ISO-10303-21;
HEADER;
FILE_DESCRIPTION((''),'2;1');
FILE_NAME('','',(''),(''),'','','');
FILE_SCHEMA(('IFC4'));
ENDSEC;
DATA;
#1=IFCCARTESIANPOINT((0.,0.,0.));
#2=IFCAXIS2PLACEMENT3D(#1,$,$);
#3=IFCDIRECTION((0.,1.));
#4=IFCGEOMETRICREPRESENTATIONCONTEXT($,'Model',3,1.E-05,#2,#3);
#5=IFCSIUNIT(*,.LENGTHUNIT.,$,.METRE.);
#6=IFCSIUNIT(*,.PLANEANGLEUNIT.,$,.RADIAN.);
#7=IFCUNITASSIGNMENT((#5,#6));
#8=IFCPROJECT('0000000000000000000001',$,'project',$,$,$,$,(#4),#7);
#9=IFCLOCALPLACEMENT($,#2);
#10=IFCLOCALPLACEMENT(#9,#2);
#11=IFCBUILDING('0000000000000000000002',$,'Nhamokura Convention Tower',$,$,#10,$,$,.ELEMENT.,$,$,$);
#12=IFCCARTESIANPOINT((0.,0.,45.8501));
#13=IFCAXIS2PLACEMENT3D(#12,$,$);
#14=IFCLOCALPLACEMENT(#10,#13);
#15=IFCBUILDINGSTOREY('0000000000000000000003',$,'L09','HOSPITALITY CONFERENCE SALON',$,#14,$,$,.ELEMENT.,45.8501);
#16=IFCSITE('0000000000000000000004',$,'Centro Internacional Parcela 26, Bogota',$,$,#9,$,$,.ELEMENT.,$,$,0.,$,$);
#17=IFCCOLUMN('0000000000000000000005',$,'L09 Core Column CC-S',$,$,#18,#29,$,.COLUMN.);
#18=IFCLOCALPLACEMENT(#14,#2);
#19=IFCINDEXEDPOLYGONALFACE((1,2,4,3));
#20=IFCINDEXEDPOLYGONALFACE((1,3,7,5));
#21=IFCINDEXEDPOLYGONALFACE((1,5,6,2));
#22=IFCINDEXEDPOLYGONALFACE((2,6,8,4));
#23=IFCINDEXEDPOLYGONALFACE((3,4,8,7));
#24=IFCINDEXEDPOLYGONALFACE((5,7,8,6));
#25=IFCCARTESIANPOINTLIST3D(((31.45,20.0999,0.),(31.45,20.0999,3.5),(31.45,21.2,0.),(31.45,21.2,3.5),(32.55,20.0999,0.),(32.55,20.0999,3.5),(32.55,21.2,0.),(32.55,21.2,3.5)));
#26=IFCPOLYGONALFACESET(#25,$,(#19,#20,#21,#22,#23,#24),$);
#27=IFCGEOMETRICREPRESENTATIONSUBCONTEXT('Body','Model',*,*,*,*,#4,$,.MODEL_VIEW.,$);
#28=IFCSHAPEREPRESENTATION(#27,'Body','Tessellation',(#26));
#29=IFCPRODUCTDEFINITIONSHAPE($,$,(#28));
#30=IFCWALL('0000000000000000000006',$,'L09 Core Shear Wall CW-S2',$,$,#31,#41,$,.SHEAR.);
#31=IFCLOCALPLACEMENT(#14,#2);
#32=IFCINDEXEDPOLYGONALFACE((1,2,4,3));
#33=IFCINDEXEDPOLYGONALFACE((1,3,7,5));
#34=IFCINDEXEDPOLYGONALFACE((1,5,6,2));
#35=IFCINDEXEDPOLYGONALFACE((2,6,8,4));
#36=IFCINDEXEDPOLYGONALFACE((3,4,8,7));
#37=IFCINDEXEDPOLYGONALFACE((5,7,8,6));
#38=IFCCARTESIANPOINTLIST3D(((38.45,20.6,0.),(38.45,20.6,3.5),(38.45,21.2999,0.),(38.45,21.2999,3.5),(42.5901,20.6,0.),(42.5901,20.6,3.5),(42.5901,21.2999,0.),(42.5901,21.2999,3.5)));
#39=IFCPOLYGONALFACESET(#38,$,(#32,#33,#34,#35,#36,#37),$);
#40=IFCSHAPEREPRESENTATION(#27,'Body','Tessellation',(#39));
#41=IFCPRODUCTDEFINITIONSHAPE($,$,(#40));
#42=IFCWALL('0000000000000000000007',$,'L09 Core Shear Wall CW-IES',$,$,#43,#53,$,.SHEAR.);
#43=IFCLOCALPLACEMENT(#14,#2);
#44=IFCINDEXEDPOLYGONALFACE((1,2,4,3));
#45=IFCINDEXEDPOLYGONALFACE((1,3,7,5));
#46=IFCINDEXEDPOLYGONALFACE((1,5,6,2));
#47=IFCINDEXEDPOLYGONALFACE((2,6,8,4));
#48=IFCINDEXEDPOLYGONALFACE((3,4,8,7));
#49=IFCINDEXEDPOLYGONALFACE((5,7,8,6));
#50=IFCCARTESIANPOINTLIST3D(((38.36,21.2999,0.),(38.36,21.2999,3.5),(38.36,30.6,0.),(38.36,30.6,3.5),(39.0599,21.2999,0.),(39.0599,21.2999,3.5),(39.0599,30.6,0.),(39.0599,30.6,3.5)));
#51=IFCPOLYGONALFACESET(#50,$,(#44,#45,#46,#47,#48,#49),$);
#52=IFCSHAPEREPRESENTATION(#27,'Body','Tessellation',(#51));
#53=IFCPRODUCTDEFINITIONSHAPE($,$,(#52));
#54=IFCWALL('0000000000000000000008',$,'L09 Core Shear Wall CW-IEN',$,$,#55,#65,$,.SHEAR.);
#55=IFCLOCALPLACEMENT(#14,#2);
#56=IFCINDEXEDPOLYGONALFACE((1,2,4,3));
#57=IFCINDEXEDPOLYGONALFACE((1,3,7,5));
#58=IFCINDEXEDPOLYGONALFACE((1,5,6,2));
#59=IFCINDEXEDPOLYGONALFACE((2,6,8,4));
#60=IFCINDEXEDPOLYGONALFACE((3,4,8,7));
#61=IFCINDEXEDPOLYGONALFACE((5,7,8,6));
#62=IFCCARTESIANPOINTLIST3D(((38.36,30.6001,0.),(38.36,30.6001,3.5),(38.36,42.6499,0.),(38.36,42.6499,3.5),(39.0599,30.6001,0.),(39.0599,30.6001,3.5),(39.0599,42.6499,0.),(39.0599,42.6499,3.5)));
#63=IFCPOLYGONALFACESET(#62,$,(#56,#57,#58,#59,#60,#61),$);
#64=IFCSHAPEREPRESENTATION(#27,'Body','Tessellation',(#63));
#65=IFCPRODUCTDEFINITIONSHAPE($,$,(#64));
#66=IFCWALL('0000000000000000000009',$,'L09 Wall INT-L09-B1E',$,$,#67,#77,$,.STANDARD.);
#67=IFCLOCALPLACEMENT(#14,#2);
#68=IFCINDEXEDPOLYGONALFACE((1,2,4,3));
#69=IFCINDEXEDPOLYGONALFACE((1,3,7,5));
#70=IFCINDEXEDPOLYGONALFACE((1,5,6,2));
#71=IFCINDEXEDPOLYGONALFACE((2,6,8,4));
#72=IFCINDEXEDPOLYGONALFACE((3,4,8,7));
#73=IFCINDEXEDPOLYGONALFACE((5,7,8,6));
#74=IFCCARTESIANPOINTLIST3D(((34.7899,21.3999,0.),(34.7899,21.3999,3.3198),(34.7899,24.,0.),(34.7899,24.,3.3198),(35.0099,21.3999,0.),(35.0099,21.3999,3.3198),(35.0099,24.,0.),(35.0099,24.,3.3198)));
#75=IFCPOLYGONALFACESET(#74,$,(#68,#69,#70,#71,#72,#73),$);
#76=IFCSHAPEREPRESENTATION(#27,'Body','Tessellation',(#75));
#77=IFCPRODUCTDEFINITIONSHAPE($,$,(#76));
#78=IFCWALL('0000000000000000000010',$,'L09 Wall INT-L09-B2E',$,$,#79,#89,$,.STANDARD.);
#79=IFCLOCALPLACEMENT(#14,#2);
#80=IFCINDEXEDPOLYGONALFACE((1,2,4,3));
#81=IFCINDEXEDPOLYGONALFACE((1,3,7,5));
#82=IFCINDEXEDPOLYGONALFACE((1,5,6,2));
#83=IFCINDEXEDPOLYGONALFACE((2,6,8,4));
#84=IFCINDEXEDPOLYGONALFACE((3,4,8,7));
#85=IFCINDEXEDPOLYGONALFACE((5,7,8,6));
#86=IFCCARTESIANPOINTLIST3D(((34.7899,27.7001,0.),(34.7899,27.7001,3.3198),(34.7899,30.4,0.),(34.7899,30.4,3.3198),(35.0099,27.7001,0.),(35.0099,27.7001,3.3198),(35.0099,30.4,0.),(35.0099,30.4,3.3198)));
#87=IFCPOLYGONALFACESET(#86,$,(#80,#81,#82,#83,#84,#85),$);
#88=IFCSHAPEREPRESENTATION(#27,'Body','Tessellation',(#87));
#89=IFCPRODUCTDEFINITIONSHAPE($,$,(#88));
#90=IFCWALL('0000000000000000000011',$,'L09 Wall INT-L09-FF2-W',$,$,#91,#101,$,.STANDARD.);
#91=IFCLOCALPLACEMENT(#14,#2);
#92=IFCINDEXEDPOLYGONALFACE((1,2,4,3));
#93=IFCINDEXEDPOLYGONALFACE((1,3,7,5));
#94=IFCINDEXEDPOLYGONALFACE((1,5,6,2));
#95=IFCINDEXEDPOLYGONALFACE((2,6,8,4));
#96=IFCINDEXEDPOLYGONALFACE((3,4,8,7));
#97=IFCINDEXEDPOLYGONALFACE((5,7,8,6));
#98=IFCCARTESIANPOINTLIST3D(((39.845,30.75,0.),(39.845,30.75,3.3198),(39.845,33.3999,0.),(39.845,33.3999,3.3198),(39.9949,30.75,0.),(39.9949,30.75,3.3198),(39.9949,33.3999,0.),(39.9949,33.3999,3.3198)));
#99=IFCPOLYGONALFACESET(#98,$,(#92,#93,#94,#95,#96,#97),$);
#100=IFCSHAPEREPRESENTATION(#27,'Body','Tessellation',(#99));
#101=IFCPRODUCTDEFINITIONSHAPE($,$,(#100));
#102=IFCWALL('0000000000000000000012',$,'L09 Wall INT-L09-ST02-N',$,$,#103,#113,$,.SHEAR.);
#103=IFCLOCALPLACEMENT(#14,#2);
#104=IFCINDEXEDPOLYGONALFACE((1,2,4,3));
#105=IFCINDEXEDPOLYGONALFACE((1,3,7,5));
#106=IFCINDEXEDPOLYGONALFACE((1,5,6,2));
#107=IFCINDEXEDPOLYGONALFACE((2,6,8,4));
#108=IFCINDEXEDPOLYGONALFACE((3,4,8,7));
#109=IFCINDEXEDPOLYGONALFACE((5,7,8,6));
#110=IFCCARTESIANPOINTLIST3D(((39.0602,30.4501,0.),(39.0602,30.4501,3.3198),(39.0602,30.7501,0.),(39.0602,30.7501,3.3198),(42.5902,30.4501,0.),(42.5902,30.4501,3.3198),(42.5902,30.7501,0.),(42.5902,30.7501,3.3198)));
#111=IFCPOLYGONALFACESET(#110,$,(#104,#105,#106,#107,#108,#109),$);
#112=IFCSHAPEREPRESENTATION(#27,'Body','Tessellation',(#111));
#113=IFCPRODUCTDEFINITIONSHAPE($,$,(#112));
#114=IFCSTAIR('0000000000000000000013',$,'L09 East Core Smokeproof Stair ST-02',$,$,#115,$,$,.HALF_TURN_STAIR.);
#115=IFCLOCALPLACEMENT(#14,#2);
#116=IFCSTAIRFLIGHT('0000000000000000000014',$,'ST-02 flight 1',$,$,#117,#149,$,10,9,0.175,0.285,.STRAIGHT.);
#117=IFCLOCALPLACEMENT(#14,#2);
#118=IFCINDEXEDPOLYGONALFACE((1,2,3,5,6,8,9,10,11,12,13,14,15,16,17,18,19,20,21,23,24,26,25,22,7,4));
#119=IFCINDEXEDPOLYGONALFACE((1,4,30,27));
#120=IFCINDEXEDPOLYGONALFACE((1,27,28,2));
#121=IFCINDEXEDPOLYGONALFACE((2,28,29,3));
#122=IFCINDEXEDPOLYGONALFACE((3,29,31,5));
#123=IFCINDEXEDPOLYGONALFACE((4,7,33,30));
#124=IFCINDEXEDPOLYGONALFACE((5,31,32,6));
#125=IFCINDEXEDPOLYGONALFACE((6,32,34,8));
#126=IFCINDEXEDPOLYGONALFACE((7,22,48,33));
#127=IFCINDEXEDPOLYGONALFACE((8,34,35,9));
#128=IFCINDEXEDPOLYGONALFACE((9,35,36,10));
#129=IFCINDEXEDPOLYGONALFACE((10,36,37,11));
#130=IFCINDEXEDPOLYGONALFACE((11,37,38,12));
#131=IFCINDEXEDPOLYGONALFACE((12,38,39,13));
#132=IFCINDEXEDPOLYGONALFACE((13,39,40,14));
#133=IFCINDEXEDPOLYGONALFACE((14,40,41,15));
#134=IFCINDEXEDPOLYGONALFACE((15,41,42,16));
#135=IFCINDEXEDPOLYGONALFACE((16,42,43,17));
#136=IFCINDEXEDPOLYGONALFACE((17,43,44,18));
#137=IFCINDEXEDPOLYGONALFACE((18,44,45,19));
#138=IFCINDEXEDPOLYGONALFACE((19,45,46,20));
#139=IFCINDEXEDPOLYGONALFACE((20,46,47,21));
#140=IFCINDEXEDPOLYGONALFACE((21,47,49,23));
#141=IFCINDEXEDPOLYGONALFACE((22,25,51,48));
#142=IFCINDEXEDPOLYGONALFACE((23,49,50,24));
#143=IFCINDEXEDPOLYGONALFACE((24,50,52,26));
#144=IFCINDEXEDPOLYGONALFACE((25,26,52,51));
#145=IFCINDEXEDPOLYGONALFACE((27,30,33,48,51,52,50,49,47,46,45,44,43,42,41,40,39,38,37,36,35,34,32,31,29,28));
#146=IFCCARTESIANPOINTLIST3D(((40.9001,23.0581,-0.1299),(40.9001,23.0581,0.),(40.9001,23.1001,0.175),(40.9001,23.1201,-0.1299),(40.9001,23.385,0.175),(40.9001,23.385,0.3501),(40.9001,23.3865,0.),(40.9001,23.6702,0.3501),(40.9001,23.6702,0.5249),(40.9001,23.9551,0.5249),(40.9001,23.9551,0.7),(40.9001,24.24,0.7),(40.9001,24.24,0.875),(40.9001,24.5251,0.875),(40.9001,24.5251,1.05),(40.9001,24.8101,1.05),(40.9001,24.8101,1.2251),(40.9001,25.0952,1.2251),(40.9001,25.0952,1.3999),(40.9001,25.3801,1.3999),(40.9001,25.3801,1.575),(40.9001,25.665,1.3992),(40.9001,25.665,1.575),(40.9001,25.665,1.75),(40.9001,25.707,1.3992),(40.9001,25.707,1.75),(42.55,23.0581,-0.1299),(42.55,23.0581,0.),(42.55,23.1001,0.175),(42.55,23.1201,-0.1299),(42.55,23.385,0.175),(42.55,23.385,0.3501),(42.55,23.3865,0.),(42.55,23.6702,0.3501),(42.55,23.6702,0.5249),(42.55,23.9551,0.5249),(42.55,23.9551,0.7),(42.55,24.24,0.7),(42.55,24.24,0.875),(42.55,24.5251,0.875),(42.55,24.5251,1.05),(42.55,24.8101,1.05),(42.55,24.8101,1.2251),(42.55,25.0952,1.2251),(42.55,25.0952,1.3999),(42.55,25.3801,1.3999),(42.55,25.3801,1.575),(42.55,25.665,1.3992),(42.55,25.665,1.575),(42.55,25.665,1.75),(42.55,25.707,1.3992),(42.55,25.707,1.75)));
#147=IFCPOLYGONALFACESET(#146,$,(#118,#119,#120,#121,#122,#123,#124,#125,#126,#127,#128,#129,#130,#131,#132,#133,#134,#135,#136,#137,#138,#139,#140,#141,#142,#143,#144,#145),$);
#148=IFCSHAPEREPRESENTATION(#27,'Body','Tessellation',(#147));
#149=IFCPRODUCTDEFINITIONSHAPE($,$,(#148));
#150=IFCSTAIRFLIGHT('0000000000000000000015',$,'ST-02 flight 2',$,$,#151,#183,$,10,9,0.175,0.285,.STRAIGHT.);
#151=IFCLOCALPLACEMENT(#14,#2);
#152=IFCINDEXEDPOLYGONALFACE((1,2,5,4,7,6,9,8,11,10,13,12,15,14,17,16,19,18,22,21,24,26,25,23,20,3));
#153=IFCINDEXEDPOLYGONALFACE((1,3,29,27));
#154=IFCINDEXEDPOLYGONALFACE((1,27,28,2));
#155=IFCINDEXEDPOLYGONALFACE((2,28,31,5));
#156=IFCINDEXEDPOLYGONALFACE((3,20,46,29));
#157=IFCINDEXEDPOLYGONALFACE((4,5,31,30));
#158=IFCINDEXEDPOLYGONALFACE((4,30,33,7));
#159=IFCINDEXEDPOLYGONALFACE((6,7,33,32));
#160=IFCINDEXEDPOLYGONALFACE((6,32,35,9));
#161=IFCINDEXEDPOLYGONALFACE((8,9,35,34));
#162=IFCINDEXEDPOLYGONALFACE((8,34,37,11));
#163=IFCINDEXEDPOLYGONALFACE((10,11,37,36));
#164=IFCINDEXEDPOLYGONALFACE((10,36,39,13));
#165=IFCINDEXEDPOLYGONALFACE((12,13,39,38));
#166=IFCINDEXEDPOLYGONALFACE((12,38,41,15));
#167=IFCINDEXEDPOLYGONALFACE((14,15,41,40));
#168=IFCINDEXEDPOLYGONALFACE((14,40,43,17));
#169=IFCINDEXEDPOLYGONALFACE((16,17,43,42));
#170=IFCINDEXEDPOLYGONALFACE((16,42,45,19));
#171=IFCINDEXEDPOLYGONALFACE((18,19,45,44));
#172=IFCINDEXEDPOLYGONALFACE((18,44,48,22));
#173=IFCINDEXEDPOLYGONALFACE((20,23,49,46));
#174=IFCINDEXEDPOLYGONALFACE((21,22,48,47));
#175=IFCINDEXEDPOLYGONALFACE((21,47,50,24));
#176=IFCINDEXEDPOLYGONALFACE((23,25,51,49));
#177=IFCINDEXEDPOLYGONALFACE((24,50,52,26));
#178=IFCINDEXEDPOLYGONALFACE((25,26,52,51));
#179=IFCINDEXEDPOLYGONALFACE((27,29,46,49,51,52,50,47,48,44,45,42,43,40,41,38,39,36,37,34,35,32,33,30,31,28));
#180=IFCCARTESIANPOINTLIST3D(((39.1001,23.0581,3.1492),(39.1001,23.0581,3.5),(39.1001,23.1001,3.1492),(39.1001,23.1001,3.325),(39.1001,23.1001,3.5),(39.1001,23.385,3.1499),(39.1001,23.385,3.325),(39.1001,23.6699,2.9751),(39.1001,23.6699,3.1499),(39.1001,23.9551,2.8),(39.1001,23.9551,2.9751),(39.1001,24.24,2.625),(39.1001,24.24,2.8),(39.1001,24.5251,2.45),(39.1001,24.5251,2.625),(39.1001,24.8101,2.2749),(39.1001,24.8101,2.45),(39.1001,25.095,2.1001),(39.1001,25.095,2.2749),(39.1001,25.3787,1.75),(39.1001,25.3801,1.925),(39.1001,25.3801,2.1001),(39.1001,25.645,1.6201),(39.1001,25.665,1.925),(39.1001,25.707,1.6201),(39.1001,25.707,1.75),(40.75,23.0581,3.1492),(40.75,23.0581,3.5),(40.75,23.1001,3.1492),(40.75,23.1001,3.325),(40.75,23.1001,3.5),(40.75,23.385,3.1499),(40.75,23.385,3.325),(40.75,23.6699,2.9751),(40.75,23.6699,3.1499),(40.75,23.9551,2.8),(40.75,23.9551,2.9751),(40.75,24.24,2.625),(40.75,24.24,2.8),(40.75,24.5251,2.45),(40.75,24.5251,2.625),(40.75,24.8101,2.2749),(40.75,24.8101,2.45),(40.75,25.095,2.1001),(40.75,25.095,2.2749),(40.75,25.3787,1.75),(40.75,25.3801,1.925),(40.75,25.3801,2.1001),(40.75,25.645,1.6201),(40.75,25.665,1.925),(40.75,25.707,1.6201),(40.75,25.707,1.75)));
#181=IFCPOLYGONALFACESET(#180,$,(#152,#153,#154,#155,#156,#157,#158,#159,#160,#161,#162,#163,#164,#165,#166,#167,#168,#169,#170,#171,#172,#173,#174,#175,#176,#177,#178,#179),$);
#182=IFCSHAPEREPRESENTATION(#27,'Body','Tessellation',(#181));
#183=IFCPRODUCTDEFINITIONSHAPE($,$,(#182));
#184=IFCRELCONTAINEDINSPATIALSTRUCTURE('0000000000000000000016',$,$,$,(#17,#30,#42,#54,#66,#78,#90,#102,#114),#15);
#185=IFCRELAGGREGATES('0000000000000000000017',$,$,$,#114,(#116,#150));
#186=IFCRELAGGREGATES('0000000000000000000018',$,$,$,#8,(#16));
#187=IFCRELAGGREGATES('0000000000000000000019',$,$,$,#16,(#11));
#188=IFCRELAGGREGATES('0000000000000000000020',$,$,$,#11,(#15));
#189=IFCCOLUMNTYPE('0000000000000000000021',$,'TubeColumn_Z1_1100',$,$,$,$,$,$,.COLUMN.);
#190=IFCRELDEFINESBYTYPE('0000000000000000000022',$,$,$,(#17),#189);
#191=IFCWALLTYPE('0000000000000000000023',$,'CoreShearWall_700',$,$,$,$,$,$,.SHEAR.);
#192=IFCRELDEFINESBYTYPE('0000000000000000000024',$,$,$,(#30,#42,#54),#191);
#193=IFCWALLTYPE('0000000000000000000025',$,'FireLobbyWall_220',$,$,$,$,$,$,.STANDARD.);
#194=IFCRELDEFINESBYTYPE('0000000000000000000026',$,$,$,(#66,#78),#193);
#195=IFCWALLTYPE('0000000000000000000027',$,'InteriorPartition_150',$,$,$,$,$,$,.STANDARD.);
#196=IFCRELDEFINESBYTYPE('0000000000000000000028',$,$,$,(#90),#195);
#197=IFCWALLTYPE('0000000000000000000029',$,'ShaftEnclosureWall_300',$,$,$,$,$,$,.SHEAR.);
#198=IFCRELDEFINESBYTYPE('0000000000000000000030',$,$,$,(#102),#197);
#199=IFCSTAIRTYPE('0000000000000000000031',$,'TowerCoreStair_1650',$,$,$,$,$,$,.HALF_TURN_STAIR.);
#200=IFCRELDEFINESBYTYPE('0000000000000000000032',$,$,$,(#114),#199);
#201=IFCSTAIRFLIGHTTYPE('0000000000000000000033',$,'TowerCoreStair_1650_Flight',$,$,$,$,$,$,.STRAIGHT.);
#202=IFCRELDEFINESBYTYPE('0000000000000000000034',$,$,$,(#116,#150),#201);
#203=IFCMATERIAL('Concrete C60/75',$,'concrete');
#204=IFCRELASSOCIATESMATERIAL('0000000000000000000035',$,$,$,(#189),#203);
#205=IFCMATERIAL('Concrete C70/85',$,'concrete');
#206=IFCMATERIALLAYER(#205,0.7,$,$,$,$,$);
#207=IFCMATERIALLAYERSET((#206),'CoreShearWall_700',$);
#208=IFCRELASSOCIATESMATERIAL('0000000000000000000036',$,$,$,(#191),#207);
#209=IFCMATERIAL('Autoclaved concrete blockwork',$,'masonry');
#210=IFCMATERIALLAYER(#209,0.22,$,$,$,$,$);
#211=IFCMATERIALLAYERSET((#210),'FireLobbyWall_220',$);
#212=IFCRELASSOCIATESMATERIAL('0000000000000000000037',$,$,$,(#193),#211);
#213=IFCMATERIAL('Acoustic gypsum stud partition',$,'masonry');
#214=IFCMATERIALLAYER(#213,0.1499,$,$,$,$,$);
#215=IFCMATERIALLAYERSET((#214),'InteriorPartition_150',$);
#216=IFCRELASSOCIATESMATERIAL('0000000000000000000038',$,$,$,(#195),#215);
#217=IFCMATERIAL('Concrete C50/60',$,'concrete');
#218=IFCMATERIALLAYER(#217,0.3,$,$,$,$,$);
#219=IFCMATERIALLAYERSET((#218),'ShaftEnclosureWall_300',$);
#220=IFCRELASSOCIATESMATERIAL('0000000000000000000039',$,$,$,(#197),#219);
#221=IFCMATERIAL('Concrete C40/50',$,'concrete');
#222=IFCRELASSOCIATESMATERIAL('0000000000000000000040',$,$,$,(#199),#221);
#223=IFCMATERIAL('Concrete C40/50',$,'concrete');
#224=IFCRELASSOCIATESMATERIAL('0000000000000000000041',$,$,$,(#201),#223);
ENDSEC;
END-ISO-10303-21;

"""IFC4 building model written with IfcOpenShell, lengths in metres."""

from ifc_helpers import new_model, si_unit, direction, frame, frame_2d, origin, origin_2d, place, context, subcontext, project, spatial, polyline, rectangle, outline, extrude, material, layer, layer_set, material_profile, profile_set, type_object, element, aggregate, save


model = new_model("IFC4")

# Units and contexts
model_context = context("Model", 3, precision=1e-05, world=origin(), true_north=direction((0.0, 1.0)))
body_context = subcontext(model_context, "Body", "Model", "MODEL_VIEW")
ifc_project = project(units=[si_unit("LENGTHUNIT", "METRE"), si_unit("PLANEANGLEUNIT", "RADIAN")], contexts=[model_context])

# Site, building, storey
site_placement = place(None, origin())
site = spatial("IfcSite", under=ifc_project, at=site_placement, Name="Centro Internacional Parcela 26, Bogota", CompositionType="ELEMENT", RefElevation=0.0)
building_placement = place(site_placement, origin())
building = spatial("IfcBuilding", under=site, at=building_placement, Name="Nhamokura Convention Tower", CompositionType="ELEMENT")
storey_placement = place(building_placement, frame((0.0, 0.0, 45.8501)))
storey = spatial("IfcBuildingStorey", under=building, at=storey_placement, Name="L09", Description="HOSPITALITY CONFERENCE SALON", CompositionType="ELEMENT", Elevation=45.8501)

# Column
ifc_material_1 = material(Name="Concrete C60/75", Category="concrete")
ifc_material_profile = material_profile(ifc_material_1, rectangle(XDim=1.1001, YDim=1.1001, at=origin_2d()))
ifc_profile_set = profile_set([ifc_material_profile], Name="Concrete C60/75")
column_type = type_object("IfcColumnType", Name="TubeColumn_Z1_1100", PredefinedType="COLUMN", material=ifc_profile_set)
column_placement = place(storey_placement, frame((32.0, 20.6499, 0.0), z_axis=(0.0, 0.0, 1.0), x_axis=(1.0, 0.0, 0.0)))
element("IfcColumn", 1, at=column_placement, inside=storey, type_object=column_type, Name="L09 Core Column CC-S", PredefinedType="COLUMN", context=body_context, shape_type="SweptSolid", body=[
    extrude(rectangle(XDim=1.1001, YDim=1.1001, at=origin_2d()), origin(), (0.0, 0.0, 1.0), 3.5),
])

# Shared definitions
ifc_material_2 = material(Name="Concrete C70/85", Category="concrete")
ifc_layer_1 = layer(ifc_material_2, 0.7)
ifc_layer_set_1 = layer_set([ifc_layer_1], Name="CoreShearWall_700")
wall_type_1 = type_object("IfcWallType", Name="CoreShearWall_700", PredefinedType="SHEAR", material=ifc_layer_set_1)

# Walls
wall_1_placement = place(storey_placement, frame((38.45, 20.95, 0.0), z_axis=(0.0, 0.0, 1.0), x_axis=(1.0, 0.0, 0.0)))
element("IfcWall", 2, at=wall_1_placement, inside=storey, type_object=wall_type_1, Name="L09 Core Shear Wall CW-S2", PredefinedType="SHEAR", context=body_context, shape_type="SweptSolid", body=[
    extrude(rectangle(XDim=4.1401, YDim=0.7, at=frame_2d((2.0701, 0.0))), origin(), (0.0, 0.0, 1.0), 3.5),
])
wall_2_placement = place(storey_placement, frame((38.71, 21.3, 0.0), z_axis=(0.0, 0.0, 1.0), x_axis=(0.0, 1.0, 0.0)))
element("IfcWall", 3, at=wall_2_placement, inside=storey, type_object=wall_type_1, Name="L09 Core Shear Wall CW-IES", PredefinedType="SHEAR", context=body_context, shape_type="SweptSolid", body=[
    extrude(rectangle(XDim=9.3, YDim=0.7, at=frame_2d((4.6499, 0.0))), origin(), (0.0, 0.0, 1.0), 3.5),
])
wall_3_placement = place(storey_placement, frame((38.71, 30.6001, 0.0), z_axis=(0.0, 0.0, 1.0), x_axis=(0.0, 1.0, 0.0)))
element("IfcWall", 4, at=wall_3_placement, inside=storey, type_object=wall_type_1, Name="L09 Core Shear Wall CW-IEN", PredefinedType="SHEAR", context=body_context, shape_type="SweptSolid", body=[
    extrude(rectangle(XDim=12.0498, YDim=0.7, at=frame_2d((6.0249, 0.0))), origin(), (0.0, 0.0, 1.0), 3.5),
])

# Shared definitions
ifc_material_3 = material(Name="Autoclaved concrete blockwork", Category="masonry")
ifc_layer_2 = layer(ifc_material_3, 0.22)
ifc_layer_set_2 = layer_set([ifc_layer_2], Name="FireLobbyWall_220")
wall_type_2 = type_object("IfcWallType", Name="FireLobbyWall_220", PredefinedType="STANDARD", material=ifc_layer_set_2)

# Walls
wall_4_placement = place(storey_placement, frame((34.8999, 21.3999, 0.0), z_axis=(0.0, 0.0, 1.0), x_axis=(0.0, 1.0, 0.0)))
element("IfcWall", 5, at=wall_4_placement, inside=storey, type_object=wall_type_2, Name="L09 Wall INT-L09-B1E", PredefinedType="STANDARD", context=body_context, shape_type="SweptSolid", body=[
    extrude(rectangle(XDim=2.6001, YDim=0.22, at=frame_2d((1.3, 0.0))), origin(), (0.0, 0.0, 1.0), 3.3198),
])
wall_5_placement = place(storey_placement, frame((34.8999, 27.7, 0.0), z_axis=(0.0, 0.0, 1.0), x_axis=(0.0, 1.0, 0.0)))
element("IfcWall", 6, at=wall_5_placement, inside=storey, type_object=wall_type_2, Name="L09 Wall INT-L09-B2E", PredefinedType="STANDARD", context=body_context, shape_type="SweptSolid", body=[
    extrude(rectangle(XDim=2.7, YDim=0.22, at=frame_2d((1.3501, 0.0))), origin(), (0.0, 0.0, 1.0), 3.3198),
])
ifc_material_4 = material(Name="Acoustic gypsum stud partition", Category="masonry")
ifc_layer_3 = layer(ifc_material_4, 0.1499)
ifc_layer_set_3 = layer_set([ifc_layer_3], Name="InteriorPartition_150")
wall_type_3 = type_object("IfcWallType", Name="InteriorPartition_150", PredefinedType="STANDARD", material=ifc_layer_set_3)
wall_6_placement = place(storey_placement, frame((39.9199, 30.75, 0.0), z_axis=(0.0, 0.0, 1.0), x_axis=(0.0, 1.0, 0.0)))
element("IfcWall", 7, at=wall_6_placement, inside=storey, type_object=wall_type_3, Name="L09 Wall INT-L09-FF2-W", PredefinedType="STANDARD", context=body_context, shape_type="SweptSolid", body=[
    extrude(rectangle(XDim=2.6499, YDim=0.1499, at=frame_2d((1.325, 0.0))), origin(), (0.0, 0.0, 1.0), 3.3198),
])
ifc_material_5 = material(Name="Concrete C50/60", Category="concrete")
ifc_layer_4 = layer(ifc_material_5, 0.3)
ifc_layer_set_4 = layer_set([ifc_layer_4], Name="ShaftEnclosureWall_300")
wall_type_4 = type_object("IfcWallType", Name="ShaftEnclosureWall_300", PredefinedType="SHEAR", material=ifc_layer_set_4)
wall_7_placement = place(storey_placement, frame((39.0601, 30.6001, 0.0), z_axis=(0.0, 0.0, 1.0), x_axis=(1.0, 0.0, 0.0)))
element("IfcWall", 8, at=wall_7_placement, inside=storey, type_object=wall_type_4, Name="L09 Wall INT-L09-ST02-N", PredefinedType="SHEAR", context=body_context, shape_type="SweptSolid", body=[
    extrude(rectangle(XDim=3.53, YDim=0.3, at=frame_2d((1.7651, 0.0))), origin(), (0.0, 0.0, 1.0), 3.3198),
])

# Stair, stair flights
ifc_material_6 = material(Name="Concrete C40/50", Category="concrete")
stair_type = type_object("IfcStairType", Name="TowerCoreStair_1650", PredefinedType="HALF_TURN_STAIR", material=ifc_material_6)
stair_placement = place(storey_placement, origin())
stair = element("IfcStair", 9, at=stair_placement, inside=storey, type_object=stair_type, Name="L09 East Core Smokeproof Stair ST-02", PredefinedType="HALF_TURN_STAIR")
ifc_material_7 = material(Name="Concrete C40/50", Category="concrete")
stair_flight_type = type_object("IfcStairFlightType", Name="TowerCoreStair_1650_Flight", PredefinedType="STRAIGHT", material=ifc_material_7)
stair_flight_1_placement = place(storey_placement, frame((41.7251, 23.1001, 0.0), z_axis=(0.0, 0.0, 1.0), x_axis=(0.0, 1.0, 0.0)))
stair_flight_1 = element("IfcStairFlight", 10, at=stair_flight_1_placement, type_object=stair_flight_type, Name="ST-02 flight 1", NumberOfRisers=10, NumberOfTreads=9, PredefinedType="STRAIGHT", RiserHeight=0.175, TreadLength=0.285, context=body_context, shape_type="SweptSolid", body=[
    extrude(outline(polyline([(-0.042, 0.0), (0.0, 0.175), (0.2849, 0.175), (0.2849, 0.3501), (0.5701, 0.3501), (0.5701, 0.5249), (0.855, 0.5249), (0.855, 0.7), (1.1399, 0.7), (1.1399, 0.875), (1.425, 0.875), (1.425, 1.05), (1.71, 1.05), (1.71, 1.2251), (1.9951, 1.2251), (1.9951, 1.3999), (2.28, 1.3999), (2.28, 1.575), (2.5649, 1.575), (2.5649, 1.75), (2.6069, 1.75), (2.6069, 1.3992), (2.5649, 1.3992), (0.2864, 0.0), (0.02, -0.1299), (-0.042, -0.1299), (-0.042, 0.0)])), frame((0.0, 0.825, 0.0), z_axis=(0.0, -1.0, 0.0), x_axis=(1.0, 0.0, 0.0)), (0.0, 0.0, 1.0), 1.6499),
])
stair_flight_2_placement = place(storey_placement, frame((39.925, 25.665, 1.75), z_axis=(0.0, 0.0, 1.0), x_axis=(0.0, -1.0, 0.0)))
stair_flight_2 = element("IfcStairFlight", 11, at=stair_flight_2_placement, type_object=stair_flight_type, Name="ST-02 flight 2", NumberOfRisers=10, NumberOfTreads=9, PredefinedType="STRAIGHT", RiserHeight=0.175, TreadLength=0.285, context=body_context, shape_type="SweptSolid", body=[
    extrude(outline(polyline([(-0.042, 0.0), (0.0, 0.175), (0.2849, 0.175), (0.2849, 0.3501), (0.5701, 0.3501), (0.5701, 0.5249), (0.855, 0.5249), (0.855, 0.7), (1.1399, 0.7), (1.1399, 0.875), (1.425, 0.875), (1.425, 1.05), (1.71, 1.05), (1.71, 1.2251), (1.9951, 1.2251), (1.9951, 1.3999), (2.28, 1.3999), (2.28, 1.575), (2.5649, 1.575), (2.5649, 1.75), (2.6069, 1.75), (2.6069, 1.3992), (2.5649, 1.3992), (0.2864, 0.0), (0.02, -0.1299), (-0.042, -0.1299), (-0.042, 0.0)])), frame((0.0, 0.825, 0.0), z_axis=(0.0, -1.0, 0.0), x_axis=(1.0, 0.0, 0.0)), (0.0, 0.0, 1.0), 1.6499),
])
aggregate(stair, [stair_flight_1, stair_flight_2])

save(model, "model.ifc")
